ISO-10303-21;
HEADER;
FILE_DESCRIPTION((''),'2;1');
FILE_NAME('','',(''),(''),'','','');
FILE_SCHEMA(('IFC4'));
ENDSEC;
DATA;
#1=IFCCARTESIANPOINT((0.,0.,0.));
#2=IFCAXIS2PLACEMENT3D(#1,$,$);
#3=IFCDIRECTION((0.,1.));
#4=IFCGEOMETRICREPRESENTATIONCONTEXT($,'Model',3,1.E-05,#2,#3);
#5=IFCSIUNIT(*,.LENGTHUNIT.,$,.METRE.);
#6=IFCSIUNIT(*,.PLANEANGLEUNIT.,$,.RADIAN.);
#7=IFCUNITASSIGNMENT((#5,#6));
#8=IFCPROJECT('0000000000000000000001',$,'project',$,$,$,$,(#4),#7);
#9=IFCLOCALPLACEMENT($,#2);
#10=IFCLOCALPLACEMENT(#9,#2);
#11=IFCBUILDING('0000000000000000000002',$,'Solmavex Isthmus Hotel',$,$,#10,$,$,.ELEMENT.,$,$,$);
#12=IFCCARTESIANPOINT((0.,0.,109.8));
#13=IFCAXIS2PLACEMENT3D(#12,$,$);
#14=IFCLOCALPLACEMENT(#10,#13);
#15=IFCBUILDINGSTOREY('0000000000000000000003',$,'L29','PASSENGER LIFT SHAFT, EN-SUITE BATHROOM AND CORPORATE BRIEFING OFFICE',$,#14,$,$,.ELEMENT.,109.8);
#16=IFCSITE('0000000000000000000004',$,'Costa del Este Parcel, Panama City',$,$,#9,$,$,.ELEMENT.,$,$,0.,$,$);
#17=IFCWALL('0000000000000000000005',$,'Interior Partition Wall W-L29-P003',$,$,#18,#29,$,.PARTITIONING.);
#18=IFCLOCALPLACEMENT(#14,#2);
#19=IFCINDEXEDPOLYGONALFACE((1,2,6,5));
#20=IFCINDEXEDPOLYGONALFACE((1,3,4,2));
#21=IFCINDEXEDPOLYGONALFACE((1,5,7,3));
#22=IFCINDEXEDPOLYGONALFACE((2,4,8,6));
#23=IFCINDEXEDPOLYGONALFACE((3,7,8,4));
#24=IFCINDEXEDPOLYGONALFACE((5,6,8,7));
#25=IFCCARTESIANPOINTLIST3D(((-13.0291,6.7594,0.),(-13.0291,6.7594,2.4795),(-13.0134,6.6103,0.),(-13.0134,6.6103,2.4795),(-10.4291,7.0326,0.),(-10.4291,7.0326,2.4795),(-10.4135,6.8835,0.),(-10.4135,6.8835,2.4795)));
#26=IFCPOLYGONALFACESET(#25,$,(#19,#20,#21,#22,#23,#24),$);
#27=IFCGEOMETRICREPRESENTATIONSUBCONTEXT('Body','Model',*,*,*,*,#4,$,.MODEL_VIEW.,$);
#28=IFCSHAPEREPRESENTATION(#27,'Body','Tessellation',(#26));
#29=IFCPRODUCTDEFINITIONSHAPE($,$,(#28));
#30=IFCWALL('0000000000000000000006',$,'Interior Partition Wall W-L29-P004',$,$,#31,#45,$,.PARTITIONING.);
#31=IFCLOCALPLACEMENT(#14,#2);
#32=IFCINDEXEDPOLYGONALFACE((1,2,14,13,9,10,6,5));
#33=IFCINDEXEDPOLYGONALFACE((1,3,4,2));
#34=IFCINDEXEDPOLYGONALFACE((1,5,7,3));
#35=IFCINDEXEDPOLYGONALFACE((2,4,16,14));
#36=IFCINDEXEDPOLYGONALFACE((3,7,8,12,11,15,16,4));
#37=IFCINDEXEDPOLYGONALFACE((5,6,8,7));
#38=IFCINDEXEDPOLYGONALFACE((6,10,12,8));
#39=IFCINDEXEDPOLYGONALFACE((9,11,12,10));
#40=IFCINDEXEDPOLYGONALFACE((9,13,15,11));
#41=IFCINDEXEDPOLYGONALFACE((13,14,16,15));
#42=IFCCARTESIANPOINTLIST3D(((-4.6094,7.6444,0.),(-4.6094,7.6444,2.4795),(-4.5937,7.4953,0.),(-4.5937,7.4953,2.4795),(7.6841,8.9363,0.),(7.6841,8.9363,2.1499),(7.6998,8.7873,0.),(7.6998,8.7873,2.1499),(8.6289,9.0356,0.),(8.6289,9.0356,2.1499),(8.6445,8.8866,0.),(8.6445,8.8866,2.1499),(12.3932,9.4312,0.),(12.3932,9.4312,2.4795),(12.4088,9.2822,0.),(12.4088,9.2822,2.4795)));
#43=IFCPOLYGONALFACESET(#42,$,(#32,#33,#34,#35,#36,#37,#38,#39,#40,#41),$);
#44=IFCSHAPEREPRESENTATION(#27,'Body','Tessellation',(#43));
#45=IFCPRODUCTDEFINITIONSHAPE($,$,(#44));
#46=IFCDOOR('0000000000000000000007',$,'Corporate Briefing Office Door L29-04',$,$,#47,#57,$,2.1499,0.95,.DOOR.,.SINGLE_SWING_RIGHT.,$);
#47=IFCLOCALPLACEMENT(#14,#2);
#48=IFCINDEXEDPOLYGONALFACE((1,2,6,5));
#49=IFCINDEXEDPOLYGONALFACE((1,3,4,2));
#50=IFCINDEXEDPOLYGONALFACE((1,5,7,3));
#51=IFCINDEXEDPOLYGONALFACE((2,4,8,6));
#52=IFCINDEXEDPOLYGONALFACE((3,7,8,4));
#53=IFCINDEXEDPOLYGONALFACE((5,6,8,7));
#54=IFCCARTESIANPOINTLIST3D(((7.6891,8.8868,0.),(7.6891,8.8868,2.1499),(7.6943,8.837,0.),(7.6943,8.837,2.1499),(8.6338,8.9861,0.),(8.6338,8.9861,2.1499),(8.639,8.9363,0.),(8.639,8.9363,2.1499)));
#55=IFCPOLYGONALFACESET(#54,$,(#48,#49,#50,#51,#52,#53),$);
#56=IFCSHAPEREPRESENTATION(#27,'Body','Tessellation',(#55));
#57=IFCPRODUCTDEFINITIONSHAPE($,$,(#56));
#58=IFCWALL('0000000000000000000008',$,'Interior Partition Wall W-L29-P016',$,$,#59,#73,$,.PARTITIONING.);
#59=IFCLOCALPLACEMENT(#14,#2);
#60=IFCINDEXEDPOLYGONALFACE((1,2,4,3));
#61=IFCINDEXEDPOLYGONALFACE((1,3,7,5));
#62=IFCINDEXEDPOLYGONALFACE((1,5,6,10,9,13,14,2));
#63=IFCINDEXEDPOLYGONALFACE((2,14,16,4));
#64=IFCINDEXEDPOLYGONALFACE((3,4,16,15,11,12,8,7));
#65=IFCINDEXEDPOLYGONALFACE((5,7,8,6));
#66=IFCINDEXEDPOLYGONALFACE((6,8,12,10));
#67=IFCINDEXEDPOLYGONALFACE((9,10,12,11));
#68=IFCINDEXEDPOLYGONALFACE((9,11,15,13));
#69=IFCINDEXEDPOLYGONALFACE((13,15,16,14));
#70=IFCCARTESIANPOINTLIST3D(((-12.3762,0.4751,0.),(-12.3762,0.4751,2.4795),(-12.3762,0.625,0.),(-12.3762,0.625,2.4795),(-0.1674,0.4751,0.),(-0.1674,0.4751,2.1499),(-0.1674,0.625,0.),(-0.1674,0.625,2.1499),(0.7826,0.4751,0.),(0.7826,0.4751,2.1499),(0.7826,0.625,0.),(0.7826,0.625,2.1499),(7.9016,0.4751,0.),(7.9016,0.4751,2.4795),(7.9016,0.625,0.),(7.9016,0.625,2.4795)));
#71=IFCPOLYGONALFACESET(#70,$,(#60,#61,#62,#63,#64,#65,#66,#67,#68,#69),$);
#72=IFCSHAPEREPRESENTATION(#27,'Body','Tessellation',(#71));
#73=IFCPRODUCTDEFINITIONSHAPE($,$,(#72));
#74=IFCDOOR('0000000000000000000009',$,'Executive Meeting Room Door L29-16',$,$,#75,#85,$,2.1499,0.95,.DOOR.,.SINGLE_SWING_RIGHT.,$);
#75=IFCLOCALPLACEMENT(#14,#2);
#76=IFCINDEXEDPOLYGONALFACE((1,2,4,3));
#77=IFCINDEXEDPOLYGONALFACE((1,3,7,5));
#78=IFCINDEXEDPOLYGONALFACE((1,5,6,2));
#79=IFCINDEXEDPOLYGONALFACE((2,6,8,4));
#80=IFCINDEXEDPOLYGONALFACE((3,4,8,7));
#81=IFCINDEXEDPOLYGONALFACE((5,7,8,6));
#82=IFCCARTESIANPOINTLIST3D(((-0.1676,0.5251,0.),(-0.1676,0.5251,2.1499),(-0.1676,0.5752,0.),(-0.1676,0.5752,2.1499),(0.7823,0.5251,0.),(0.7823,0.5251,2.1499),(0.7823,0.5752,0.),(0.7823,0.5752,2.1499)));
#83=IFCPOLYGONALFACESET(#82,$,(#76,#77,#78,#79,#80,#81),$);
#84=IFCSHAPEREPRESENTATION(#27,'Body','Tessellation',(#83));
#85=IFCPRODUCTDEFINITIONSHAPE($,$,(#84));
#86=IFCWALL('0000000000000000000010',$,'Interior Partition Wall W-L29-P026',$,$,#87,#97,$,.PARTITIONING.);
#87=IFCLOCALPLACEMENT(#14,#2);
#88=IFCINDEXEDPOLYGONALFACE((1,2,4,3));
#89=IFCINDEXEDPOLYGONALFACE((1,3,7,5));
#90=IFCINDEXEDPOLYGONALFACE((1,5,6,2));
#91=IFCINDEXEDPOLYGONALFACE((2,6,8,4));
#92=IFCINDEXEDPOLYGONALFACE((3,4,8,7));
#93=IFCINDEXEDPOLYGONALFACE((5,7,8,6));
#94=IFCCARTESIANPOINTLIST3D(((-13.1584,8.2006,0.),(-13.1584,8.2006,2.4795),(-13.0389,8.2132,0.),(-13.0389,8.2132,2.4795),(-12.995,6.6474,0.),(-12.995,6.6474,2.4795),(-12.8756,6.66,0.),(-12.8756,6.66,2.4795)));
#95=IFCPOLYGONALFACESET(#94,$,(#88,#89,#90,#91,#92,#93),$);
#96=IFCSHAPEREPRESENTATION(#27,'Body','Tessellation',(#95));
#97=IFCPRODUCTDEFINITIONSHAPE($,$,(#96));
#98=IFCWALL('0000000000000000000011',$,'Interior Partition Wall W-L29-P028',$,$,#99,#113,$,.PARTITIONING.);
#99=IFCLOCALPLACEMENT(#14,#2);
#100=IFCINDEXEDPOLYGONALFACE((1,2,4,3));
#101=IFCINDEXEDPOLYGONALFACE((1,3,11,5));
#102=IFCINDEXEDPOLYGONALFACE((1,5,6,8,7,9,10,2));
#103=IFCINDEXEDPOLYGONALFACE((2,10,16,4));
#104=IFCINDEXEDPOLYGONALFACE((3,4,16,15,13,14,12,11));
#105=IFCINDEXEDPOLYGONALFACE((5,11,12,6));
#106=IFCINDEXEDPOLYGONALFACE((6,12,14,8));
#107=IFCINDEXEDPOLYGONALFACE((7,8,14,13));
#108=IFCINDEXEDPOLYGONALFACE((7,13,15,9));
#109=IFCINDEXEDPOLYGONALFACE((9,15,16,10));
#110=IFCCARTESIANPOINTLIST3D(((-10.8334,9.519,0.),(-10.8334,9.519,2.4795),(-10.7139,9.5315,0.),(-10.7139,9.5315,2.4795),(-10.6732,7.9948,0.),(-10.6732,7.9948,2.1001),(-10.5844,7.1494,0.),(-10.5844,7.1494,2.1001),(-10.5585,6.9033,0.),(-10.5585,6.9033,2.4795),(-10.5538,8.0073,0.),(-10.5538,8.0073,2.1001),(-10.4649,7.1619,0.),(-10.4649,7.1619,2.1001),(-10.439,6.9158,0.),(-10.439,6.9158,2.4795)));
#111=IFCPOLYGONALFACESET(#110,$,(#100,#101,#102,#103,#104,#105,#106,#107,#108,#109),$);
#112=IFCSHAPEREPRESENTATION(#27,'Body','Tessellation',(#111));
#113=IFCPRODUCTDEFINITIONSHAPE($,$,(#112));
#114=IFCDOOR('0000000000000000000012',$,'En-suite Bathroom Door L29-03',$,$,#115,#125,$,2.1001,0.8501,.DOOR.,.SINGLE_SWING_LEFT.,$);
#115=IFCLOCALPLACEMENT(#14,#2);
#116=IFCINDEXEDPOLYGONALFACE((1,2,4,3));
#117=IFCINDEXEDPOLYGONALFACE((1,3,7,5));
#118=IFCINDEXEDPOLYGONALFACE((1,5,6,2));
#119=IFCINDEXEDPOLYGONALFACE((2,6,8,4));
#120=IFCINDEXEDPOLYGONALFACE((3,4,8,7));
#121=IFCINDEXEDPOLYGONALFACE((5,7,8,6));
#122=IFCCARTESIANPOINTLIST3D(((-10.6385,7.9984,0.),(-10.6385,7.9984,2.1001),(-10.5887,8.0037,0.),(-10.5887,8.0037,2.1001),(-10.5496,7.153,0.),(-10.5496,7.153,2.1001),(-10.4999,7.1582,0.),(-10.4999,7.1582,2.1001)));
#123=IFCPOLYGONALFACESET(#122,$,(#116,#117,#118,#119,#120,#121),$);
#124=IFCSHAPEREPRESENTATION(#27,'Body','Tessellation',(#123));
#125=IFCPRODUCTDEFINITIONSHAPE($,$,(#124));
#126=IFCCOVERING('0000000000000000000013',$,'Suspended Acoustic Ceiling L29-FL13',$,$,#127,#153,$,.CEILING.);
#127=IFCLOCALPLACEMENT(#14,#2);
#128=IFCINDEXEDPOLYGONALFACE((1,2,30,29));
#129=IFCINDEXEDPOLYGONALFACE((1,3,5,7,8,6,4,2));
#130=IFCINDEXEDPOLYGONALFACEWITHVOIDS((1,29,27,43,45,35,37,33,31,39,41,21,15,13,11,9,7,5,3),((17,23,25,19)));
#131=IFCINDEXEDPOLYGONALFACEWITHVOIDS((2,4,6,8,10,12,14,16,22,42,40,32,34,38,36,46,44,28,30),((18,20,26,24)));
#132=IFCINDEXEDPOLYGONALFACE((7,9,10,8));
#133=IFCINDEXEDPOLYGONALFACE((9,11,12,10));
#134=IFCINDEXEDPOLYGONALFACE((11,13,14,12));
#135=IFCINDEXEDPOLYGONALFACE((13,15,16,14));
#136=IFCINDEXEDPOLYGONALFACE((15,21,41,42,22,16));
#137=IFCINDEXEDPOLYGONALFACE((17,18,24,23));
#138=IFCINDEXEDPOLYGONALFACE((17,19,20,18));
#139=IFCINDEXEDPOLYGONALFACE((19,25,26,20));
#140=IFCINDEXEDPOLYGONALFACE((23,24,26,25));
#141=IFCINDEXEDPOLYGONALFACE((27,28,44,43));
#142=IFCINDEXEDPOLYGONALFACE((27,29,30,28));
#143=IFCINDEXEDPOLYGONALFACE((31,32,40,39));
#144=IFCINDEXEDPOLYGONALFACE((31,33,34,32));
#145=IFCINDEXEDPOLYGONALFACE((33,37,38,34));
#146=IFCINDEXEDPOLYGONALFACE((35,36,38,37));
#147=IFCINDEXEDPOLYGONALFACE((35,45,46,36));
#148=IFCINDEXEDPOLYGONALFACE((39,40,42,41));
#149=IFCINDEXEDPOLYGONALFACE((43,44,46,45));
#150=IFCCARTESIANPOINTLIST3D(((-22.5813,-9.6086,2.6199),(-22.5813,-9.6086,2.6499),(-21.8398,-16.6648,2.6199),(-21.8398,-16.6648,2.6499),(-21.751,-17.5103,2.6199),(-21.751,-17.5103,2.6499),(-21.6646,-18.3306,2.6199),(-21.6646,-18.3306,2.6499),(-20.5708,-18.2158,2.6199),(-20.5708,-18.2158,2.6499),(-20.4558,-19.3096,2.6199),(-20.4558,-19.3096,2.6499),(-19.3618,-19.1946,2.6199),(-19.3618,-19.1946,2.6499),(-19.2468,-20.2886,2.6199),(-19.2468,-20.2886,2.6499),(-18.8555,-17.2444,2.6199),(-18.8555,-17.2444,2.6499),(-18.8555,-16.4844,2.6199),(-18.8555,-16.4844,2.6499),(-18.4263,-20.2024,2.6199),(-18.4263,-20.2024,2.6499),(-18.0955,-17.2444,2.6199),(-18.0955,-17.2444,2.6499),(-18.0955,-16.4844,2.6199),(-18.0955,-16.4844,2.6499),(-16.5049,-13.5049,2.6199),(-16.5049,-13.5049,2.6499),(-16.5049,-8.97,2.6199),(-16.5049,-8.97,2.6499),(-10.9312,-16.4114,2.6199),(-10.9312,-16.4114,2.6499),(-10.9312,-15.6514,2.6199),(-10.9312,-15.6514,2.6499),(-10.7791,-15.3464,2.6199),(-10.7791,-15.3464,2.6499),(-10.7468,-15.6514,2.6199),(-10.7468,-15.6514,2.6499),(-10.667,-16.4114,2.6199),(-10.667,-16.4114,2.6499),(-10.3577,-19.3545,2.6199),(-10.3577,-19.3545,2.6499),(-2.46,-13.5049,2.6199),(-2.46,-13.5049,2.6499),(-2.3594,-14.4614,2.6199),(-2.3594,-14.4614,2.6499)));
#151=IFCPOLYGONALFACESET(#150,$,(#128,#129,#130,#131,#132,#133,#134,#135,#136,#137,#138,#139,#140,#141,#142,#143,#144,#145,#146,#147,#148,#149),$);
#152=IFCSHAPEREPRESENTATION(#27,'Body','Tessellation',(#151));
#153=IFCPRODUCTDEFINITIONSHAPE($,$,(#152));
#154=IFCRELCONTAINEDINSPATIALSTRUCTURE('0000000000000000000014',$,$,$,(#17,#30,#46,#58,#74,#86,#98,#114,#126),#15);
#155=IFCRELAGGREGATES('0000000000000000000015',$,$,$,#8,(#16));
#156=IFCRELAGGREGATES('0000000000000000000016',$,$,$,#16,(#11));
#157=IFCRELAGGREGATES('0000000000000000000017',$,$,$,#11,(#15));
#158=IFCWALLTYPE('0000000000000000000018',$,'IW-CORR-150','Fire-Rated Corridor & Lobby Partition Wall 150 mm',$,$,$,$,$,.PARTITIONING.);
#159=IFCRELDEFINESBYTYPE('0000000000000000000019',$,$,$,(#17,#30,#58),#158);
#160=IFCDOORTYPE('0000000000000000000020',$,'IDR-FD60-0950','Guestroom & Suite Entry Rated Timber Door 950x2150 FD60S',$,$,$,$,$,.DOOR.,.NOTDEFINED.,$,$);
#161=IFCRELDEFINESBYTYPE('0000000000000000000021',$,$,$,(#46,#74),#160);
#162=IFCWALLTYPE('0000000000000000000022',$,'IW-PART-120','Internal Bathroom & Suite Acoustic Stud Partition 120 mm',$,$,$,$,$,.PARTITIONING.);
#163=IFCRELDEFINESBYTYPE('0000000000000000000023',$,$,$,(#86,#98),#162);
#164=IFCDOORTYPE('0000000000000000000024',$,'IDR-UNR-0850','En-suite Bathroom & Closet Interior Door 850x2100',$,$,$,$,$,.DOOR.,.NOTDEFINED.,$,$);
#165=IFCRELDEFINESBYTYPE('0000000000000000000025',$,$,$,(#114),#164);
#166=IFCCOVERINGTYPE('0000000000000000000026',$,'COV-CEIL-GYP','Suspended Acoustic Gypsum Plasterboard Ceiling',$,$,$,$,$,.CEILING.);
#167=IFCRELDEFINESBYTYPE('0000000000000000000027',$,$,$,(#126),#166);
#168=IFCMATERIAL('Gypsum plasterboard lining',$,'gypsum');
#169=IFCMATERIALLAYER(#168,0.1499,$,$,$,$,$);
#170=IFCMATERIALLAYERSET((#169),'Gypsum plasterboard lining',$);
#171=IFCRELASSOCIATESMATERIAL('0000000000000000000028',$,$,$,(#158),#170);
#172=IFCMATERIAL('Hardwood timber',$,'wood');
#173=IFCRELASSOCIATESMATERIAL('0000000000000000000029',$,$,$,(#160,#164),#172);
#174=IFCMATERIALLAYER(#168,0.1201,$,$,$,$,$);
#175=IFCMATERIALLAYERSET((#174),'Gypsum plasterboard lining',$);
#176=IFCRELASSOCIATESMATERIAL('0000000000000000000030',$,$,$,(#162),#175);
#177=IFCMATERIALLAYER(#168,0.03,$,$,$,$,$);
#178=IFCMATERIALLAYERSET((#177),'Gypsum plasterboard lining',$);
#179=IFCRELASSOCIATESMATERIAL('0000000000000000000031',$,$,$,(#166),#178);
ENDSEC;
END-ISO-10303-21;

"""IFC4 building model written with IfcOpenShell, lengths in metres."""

from ifc_helpers import new_model, si_unit, direction, frame, frame_2d, origin, place, context, subcontext, project, spatial, polyline, rectangle, outline, extrude, material, layer, layer_set, type_object, element, fill, save


model = new_model("IFC4")

# Units and contexts
model_context = context("Model", 3, precision=1e-05, world=origin(), true_north=direction((0.0, 1.0)))
body_context = subcontext(model_context, "Body", "Model", "MODEL_VIEW")
ifc_project = project(units=[si_unit("LENGTHUNIT", "METRE"), si_unit("PLANEANGLEUNIT", "RADIAN")], contexts=[model_context])

# Site, building, storey
site_placement = place(None, origin())
site = spatial("IfcSite", under=ifc_project, at=site_placement, Name="Costa del Este Parcel, Panama City", CompositionType="ELEMENT", RefElevation=0.0)
building_placement = place(site_placement, origin())
building = spatial("IfcBuilding", under=site, at=building_placement, Name="Solmavex Isthmus Hotel", CompositionType="ELEMENT")
storey_placement = place(building_placement, frame((0.0, 0.0, 109.8)))
storey = spatial("IfcBuildingStorey", under=building, at=storey_placement, Name="L29", Description="PASSENGER LIFT SHAFT, EN-SUITE BATHROOM AND CORPORATE BRIEFING OFFICE", CompositionType="ELEMENT", Elevation=109.8)

# Shared definitions
ifc_material_1 = material(Name="Gypsum plasterboard lining", Category="gypsum")

# Shared definitions
ifc_layer_1 = layer(ifc_material_1, 0.1499)
ifc_layer_set_1 = layer_set([ifc_layer_1], Name="Gypsum plasterboard lining")
wall_type_1 = type_object("IfcWallType", Name="IW-CORR-150", Description="Fire-Rated Corridor & Lobby Partition Wall 150 mm", PredefinedType="PARTITIONING", material=ifc_layer_set_1)
ifc_material_2 = material(Name="Hardwood timber", Category="wood")
door_type_1 = type_object("IfcDoorType", Name="IDR-FD60-0950", Description="Guestroom & Suite Entry Rated Timber Door 950x2150 FD60S", OperationType="NOTDEFINED", PredefinedType="DOOR", material=ifc_material_2)

# Wall
wall_1_placement = place(storey_placement, frame((-13.0212, 6.6848, 0.0), z_axis=(0.0, 0.0, 1.0), x_axis=(0.994524, 0.104505, 0.0)))
element("IfcWall", 1, at=wall_1_placement, inside=storey, type_object=wall_type_1, Name="Interior Partition Wall W-L29-P003", PredefinedType="PARTITIONING", context=body_context, shape_type="SweptSolid", body=[
    extrude(rectangle(XDim=2.6143, YDim=0.1499, at=frame_2d((1.3071, 0.0))), origin(), (0.0, 0.0, 1.0), 2.4795),
])

# Walls, openings, doors
wall_2_placement = place(storey_placement, frame((-4.6016, 7.5698, 0.0), z_axis=(0.0, 0.0, 1.0), x_axis=(0.994523, 0.104519, 0.0)))
wall_2 = element("IfcWall", 2, at=wall_2_placement, inside=storey, type_object=wall_type_1, Name="Interior Partition Wall W-L29-P004", PredefinedType="PARTITIONING", context=body_context, shape_type="SweptSolid", body=[
    extrude(rectangle(XDim=17.0962, YDim=0.1499, at=frame_2d((8.5481, 0.0))), origin(), (0.0, 0.0, 1.0), 2.4795),
])
opening_1_placement = place(wall_2_placement, frame((12.3611, 0.0, 0.0)))
opening_1 = element("IfcOpeningElement", 3, at=opening_1_placement, cuts=wall_2, PredefinedType="OPENING", context=body_context, shape_type="SweptSolid", body=[
    extrude(rectangle(XDim=0.95, YDim=2.1499, at=frame_2d((0.4751, 1.075))), frame((0.0, 0.085, 0.0), z_axis=(0.0, -1.0, 0.0), x_axis=(1.0, 0.0, 0.0)), (0.0, 0.0, 1.0), 0.1699),
])
door_1_placement = place(opening_1_placement, frame((0.95, 0.0, 0.0), z_axis=(0.0, 0.0, 1.0), x_axis=(-1.0, 0.0, 0.0)))
door_1 = element("IfcDoor", 4, at=door_1_placement, inside=storey, type_object=door_type_1, Name="Corporate Briefing Office Door L29-04", OperationType="SINGLE_SWING_RIGHT", OverallHeight=2.1499, OverallWidth=0.95, PredefinedType="DOOR", context=body_context, shape_type="SweptSolid", body=[
    extrude(rectangle(XDim=0.95, YDim=2.1499, at=frame_2d((0.4751, 1.075))), frame((0.0, 0.0249, 0.0), z_axis=(0.0, -1.0, 0.0), x_axis=(1.0, 0.0, 0.0)), (0.0, 0.0, 1.0), 0.05),
])
fill(opening_1, door_1)
wall_3_placement = place(storey_placement, frame((-12.3762, 0.55, 0.0), z_axis=(0.0, 0.0, 1.0), x_axis=(1.0, 0.0, 0.0)))
wall_3 = element("IfcWall", 5, at=wall_3_placement, inside=storey, type_object=wall_type_1, Name="Interior Partition Wall W-L29-P016", PredefinedType="PARTITIONING", context=body_context, shape_type="SweptSolid", body=[
    extrude(rectangle(XDim=20.2778, YDim=0.1499, at=frame_2d((10.1389, 0.0))), origin(), (0.0, 0.0, 1.0), 2.4795),
])
opening_2_placement = place(wall_3_placement, frame((12.2087, 0.0, 0.0)))
opening_2 = element("IfcOpeningElement", 6, at=opening_2_placement, cuts=wall_3, PredefinedType="OPENING", context=body_context, shape_type="SweptSolid", body=[
    extrude(rectangle(XDim=0.95, YDim=2.1499, at=frame_2d((0.4751, 1.075))), frame((0.0, 0.085, 0.0), z_axis=(0.0, -1.0, 0.0), x_axis=(1.0, 0.0, 0.0)), (0.0, 0.0, 1.0), 0.1699),
])
door_2_placement = place(opening_2_placement, frame((0.95, 0.0, 0.0), z_axis=(0.0, 0.0, 1.0), x_axis=(-1.0, 0.0, 0.0)))
door_2 = element("IfcDoor", 7, at=door_2_placement, inside=storey, type_object=door_type_1, Name="Executive Meeting Room Door L29-16", OperationType="SINGLE_SWING_RIGHT", OverallHeight=2.1499, OverallWidth=0.95, PredefinedType="DOOR", context=body_context, shape_type="SweptSolid", body=[
    extrude(rectangle(XDim=0.95, YDim=2.1499, at=frame_2d((0.4751, 1.075))), frame((0.0, 0.0249, 0.0), z_axis=(0.0, -1.0, 0.0), x_axis=(1.0, 0.0, 0.0)), (0.0, 0.0, 1.0), 0.05),
])
fill(opening_2, door_2)

# Wall
ifc_layer_2 = layer(ifc_material_1, 0.1201)
ifc_layer_set_2 = layer_set([ifc_layer_2], Name="Gypsum plasterboard lining")
wall_type_2 = type_object("IfcWallType", Name="IW-PART-120", Description="Internal Bathroom & Suite Acoustic Stud Partition 120 mm", PredefinedType="PARTITIONING", material=ifc_layer_set_2)
wall_4_placement = place(storey_placement, frame((-13.0986, 8.2068, 0.0), z_axis=(0.0, 0.0, 1.0), x_axis=(0.104579, -0.994517, 0.0)))
element("IfcWall", 8, at=wall_4_placement, inside=storey, type_object=wall_type_2, Name="Interior Partition Wall W-L29-P026", PredefinedType="PARTITIONING", context=body_context, shape_type="SweptSolid", body=[
    extrude(rectangle(XDim=1.5618, YDim=0.1201, at=frame_2d((0.7808, 0.0))), origin(), (0.0, 0.0, 1.0), 2.4795),
])

# Wall, opening, door
wall_5_placement = place(storey_placement, frame((-10.4988, 6.9097, 0.0), z_axis=(0.0, 0.0, 1.0), x_axis=(-0.10452, 0.994523, 0.0)))
wall_5 = element("IfcWall", 9, at=wall_5_placement, inside=storey, type_object=wall_type_2, Name="Interior Partition Wall W-L29-P028", PredefinedType="PARTITIONING", context=body_context, shape_type="SweptSolid", body=[
    extrude(rectangle(XDim=2.6301, YDim=0.1201, at=frame_2d((1.3149, 0.0))), origin(), (0.0, 0.0, 1.0), 2.4795),
])
opening_3_placement = place(wall_5_placement, frame((0.2473, 0.0, 0.0)))
opening_3 = element("IfcOpeningElement", 10, at=opening_3_placement, cuts=wall_5, PredefinedType="OPENING", context=body_context, shape_type="SweptSolid", body=[
    extrude(rectangle(XDim=0.8501, YDim=2.1001, at=frame_2d((0.425, 1.05))), frame((0.0, 0.0701, 0.0), z_axis=(0.0, -1.0, 0.0), x_axis=(1.0, 0.0, 0.0)), (0.0, 0.0, 1.0), 0.1401),
])
door_type_2 = type_object("IfcDoorType", Name="IDR-UNR-0850", Description="En-suite Bathroom & Closet Interior Door 850x2100", OperationType="NOTDEFINED", PredefinedType="DOOR", material=ifc_material_2)
door_3_placement = place(opening_3_placement, frame((0.8501, 0.0, 0.0), z_axis=(0.0, 0.0, 1.0), x_axis=(-1.0, 0.0, 0.0)))
door_3 = element("IfcDoor", 11, at=door_3_placement, inside=storey, type_object=door_type_2, Name="En-suite Bathroom Door L29-03", OperationType="SINGLE_SWING_LEFT", OverallHeight=2.1001, OverallWidth=0.8501, PredefinedType="DOOR", context=body_context, shape_type="SweptSolid", body=[
    extrude(rectangle(XDim=0.8501, YDim=2.1001, at=frame_2d((0.425, 1.05))), frame((0.0, 0.0249, 0.0), z_axis=(0.0, -1.0, 0.0), x_axis=(1.0, 0.0, 0.0)), (0.0, 0.0, 1.0), 0.05),
])
fill(opening_3, door_3)

# Covering
ifc_layer_3 = layer(ifc_material_1, 0.03)
ifc_layer_set_3 = layer_set([ifc_layer_3], Name="Gypsum plasterboard lining")
covering_type_1 = type_object("IfcCoveringType", Name="COV-CEIL-GYP", Description="Suspended Acoustic Gypsum Plasterboard Ceiling", PredefinedType="CEILING", material=ifc_layer_set_3)
covering_1_placement = place(storey_placement, frame((0.0, 0.0, 2.6199)))
element("IfcCovering", 12, at=covering_1_placement, inside=storey, type_object=covering_type_1, Name="Suspended Acoustic Ceiling L29-FL13", PredefinedType="CEILING", context=body_context, shape_type="SweptSolid", body=[
    extrude(outline(polyline([(-10.667, -16.4114), (-10.9312, -16.4114), (-10.9312, -15.6514), (-10.7468, -15.6514), (-10.7791, -15.3464), (-2.3594, -14.4614), (-2.46, -13.5049), (-16.5049, -13.5049), (-16.5049, -8.97), (-22.5813, -9.6086), (-21.8398, -16.6648), (-21.751, -17.5103), (-21.6646, -18.3306), (-20.5708, -18.2158), (-20.4558, -19.3096), (-19.3618, -19.1946), (-19.2468, -20.2886), (-18.4263, -20.2024), (-10.3577, -19.3545), (-10.667, -16.4114)]), holes=[polyline([(-18.8555, -17.2444), (-18.8555, -16.4844), (-18.0955, -16.4844), (-18.0955, -17.2444), (-18.8555, -17.2444)])]), origin(), (0.0, 0.0, 1.0), 0.03),
])

save(model, "model.ifc")
